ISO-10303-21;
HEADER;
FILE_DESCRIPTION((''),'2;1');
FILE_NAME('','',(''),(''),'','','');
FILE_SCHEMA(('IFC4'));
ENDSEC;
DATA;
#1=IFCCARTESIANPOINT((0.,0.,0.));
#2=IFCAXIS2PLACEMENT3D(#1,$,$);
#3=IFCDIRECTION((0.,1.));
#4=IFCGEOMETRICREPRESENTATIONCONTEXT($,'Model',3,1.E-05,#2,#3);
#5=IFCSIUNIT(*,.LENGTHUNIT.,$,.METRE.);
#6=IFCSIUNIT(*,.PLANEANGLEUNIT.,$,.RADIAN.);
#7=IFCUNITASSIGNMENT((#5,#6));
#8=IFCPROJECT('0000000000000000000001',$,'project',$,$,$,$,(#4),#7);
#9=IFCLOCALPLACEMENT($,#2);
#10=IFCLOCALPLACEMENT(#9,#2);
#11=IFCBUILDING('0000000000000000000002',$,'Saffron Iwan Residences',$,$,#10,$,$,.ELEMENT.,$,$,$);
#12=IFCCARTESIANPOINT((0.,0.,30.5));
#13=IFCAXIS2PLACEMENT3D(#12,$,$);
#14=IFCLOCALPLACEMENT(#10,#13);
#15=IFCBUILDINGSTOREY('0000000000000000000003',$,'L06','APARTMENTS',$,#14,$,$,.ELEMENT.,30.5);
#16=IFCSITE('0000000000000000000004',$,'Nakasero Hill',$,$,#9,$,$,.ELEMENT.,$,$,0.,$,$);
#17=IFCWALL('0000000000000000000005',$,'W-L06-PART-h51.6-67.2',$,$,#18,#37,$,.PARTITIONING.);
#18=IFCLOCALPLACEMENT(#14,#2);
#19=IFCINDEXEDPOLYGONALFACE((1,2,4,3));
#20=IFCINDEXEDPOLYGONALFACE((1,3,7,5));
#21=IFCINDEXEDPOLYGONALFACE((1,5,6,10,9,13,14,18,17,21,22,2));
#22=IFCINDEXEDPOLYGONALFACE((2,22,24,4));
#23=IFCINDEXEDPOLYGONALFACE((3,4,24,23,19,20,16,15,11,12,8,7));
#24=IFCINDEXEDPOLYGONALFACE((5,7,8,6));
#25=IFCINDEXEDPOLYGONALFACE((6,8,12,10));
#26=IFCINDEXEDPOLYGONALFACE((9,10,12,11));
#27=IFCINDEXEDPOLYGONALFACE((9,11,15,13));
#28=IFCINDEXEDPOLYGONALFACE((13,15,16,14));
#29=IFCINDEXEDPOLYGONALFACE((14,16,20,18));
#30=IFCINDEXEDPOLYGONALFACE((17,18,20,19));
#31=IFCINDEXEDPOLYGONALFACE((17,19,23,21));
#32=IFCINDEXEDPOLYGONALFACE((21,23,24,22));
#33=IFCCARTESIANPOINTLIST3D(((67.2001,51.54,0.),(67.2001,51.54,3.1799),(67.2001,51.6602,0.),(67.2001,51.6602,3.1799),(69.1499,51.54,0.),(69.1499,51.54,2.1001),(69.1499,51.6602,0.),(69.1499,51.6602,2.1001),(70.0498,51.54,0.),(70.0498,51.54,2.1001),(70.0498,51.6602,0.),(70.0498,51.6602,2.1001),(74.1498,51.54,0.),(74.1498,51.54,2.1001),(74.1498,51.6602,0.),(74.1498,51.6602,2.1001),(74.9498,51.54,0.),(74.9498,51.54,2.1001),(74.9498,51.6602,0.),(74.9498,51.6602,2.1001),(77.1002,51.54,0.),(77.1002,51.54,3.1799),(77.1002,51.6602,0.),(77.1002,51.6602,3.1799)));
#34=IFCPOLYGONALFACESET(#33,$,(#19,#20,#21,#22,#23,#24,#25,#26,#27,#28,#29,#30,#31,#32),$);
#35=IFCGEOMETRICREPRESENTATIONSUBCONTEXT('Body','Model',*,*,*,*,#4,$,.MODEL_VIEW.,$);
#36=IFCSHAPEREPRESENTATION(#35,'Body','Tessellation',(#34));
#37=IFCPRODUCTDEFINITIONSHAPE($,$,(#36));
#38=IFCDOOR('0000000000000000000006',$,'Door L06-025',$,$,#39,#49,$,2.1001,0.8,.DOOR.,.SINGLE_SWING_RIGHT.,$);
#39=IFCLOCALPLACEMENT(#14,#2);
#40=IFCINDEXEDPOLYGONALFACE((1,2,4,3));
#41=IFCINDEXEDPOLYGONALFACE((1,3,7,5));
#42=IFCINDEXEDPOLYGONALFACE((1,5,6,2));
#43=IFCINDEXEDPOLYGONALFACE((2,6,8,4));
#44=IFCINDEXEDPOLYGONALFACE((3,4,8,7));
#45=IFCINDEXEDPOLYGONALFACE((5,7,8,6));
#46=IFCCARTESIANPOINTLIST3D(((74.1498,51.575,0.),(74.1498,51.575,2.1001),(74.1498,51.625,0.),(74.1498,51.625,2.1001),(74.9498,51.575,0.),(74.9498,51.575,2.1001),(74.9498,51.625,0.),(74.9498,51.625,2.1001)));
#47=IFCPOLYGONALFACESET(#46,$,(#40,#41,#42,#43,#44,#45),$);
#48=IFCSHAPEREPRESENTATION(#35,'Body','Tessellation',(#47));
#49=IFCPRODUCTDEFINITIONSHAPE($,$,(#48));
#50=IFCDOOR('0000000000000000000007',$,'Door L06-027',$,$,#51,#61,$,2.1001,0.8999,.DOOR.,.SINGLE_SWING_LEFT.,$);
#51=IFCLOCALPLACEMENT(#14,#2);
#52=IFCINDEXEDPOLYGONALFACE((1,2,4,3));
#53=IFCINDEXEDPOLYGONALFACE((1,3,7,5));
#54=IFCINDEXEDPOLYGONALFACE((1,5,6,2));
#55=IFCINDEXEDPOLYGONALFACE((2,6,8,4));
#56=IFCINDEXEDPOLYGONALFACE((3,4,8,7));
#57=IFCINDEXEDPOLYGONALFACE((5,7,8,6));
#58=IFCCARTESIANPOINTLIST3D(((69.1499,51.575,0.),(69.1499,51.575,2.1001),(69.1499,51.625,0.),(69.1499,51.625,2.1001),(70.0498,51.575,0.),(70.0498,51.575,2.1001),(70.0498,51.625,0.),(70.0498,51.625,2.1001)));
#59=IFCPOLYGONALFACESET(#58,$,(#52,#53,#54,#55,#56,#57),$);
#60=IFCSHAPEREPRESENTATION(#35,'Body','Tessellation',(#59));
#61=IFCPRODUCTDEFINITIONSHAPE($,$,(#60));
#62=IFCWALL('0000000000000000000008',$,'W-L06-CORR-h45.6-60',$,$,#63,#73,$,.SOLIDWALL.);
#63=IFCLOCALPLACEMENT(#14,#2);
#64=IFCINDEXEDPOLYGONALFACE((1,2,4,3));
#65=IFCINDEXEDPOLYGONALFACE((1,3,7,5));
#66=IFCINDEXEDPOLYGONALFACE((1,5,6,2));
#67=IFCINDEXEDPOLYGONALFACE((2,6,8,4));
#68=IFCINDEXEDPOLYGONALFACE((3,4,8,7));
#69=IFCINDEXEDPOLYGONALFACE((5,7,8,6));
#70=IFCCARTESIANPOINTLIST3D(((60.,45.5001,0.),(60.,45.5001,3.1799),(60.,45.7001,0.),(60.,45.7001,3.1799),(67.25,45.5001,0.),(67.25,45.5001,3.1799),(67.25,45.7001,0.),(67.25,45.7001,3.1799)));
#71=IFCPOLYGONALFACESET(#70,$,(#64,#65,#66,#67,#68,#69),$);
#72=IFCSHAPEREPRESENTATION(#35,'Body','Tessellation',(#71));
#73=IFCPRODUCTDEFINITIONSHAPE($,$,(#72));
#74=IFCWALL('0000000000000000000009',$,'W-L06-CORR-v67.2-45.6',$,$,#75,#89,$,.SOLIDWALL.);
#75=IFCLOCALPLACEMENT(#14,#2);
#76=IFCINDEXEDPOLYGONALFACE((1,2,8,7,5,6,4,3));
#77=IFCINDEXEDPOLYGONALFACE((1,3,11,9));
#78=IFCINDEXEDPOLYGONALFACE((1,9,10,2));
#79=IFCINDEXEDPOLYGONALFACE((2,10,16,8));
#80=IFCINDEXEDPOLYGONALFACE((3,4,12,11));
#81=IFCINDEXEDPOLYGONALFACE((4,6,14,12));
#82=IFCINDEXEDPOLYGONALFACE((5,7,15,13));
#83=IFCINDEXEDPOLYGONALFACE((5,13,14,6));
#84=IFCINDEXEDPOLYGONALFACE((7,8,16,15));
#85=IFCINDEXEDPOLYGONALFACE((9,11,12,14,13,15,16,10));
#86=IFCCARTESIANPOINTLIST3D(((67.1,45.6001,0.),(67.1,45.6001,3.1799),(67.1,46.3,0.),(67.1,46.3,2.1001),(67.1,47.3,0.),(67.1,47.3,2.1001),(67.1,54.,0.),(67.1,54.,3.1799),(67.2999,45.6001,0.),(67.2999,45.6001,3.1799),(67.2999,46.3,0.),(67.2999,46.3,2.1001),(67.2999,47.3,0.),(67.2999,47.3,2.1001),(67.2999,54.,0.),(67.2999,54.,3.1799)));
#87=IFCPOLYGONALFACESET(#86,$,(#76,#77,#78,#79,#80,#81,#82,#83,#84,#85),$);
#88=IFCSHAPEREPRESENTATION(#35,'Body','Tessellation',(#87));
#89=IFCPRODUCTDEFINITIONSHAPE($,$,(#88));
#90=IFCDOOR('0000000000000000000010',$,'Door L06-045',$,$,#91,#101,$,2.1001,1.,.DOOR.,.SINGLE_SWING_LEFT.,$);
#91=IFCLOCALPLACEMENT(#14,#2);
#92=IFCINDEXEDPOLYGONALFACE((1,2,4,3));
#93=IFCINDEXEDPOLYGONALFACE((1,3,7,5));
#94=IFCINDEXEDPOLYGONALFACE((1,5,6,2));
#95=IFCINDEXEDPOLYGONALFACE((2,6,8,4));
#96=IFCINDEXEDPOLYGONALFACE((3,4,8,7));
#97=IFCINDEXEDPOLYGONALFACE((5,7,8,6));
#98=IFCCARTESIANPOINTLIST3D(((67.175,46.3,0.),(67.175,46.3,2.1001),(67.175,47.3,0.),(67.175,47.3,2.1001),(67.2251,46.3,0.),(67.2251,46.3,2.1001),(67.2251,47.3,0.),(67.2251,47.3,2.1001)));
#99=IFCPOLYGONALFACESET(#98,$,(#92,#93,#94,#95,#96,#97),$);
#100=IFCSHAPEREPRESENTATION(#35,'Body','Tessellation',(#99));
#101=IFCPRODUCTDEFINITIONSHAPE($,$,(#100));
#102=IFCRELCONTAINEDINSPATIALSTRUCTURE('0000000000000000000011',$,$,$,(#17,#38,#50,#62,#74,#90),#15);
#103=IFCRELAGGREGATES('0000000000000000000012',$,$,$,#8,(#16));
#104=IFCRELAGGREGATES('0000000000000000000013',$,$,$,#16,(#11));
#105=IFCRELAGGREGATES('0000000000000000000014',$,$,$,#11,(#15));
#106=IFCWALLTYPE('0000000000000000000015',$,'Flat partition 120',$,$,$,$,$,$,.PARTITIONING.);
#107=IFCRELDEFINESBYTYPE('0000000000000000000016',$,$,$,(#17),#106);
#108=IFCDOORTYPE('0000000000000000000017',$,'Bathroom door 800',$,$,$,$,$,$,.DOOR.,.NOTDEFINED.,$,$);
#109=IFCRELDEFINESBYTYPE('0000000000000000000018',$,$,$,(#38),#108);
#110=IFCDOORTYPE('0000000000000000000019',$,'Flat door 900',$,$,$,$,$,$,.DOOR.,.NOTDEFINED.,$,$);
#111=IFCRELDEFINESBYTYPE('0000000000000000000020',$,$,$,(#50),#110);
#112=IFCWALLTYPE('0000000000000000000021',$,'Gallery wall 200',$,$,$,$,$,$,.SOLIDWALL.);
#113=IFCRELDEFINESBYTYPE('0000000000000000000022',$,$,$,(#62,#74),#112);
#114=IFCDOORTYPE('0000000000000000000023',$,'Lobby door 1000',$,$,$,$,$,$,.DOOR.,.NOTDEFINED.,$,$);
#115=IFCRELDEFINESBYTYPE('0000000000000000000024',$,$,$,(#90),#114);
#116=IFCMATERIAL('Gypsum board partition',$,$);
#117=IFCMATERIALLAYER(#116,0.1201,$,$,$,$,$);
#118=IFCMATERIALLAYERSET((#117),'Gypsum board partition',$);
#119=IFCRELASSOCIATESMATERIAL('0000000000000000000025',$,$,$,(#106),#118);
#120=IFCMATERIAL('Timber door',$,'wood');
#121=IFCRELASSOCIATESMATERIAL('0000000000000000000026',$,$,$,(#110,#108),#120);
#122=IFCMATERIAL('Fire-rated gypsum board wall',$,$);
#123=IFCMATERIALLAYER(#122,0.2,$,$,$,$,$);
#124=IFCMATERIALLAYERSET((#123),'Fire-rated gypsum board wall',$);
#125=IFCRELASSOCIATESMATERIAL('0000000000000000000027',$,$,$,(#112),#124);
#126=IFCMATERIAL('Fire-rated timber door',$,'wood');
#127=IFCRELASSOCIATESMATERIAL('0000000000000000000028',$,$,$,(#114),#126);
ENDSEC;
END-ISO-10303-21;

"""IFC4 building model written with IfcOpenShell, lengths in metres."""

from ifc_helpers import new_model, si_unit, direction, frame, frame_2d, origin, place, context, subcontext, project, spatial, rectangle, extrude, material, layer, layer_set, type_object, element, fill, save


model = new_model("IFC4")

# Units and contexts
model_context = context("Model", 3, precision=1e-05, world=origin(), true_north=direction((0.0, 1.0)))
body_context = subcontext(model_context, "Body", "Model", "MODEL_VIEW")
ifc_project = project(units=[si_unit("LENGTHUNIT", "METRE"), si_unit("PLANEANGLEUNIT", "RADIAN")], contexts=[model_context])

# Site, building, storey
site_placement = place(None, origin())
site = spatial("IfcSite", under=ifc_project, at=site_placement, Name="Nakasero Hill", CompositionType="ELEMENT", RefElevation=0.0)
building_placement = place(site_placement, origin())
building = spatial("IfcBuilding", under=site, at=building_placement, Name="Saffron Iwan Residences", CompositionType="ELEMENT")
storey_placement = place(building_placement, frame((0.0, 0.0, 30.5)))
storey = spatial("IfcBuildingStorey", under=building, at=storey_placement, Name="L06", Description="APARTMENTS", CompositionType="ELEMENT", Elevation=30.5)

# Shared definitions
ifc_material_1 = material(Name="Fire-rated gypsum board wall")

# Shared definitions
ifc_material_2 = material(Name="Gypsum board partition")
ifc_layer_1 = layer(ifc_material_2, 0.1201)
ifc_layer_set_1 = layer_set([ifc_layer_1], Name="Gypsum board partition")
wall_type_1 = type_object("IfcWallType", Name="Flat partition 120", PredefinedType="PARTITIONING", material=ifc_layer_set_1)
ifc_material_3 = material(Name="Timber door", Category="wood")
door_type_1 = type_object("IfcDoorType", Name="Flat door 900", OperationType="NOTDEFINED", PredefinedType="DOOR", material=ifc_material_3)

# Wall, openings, doors
wall_1_placement = place(storey_placement, frame((67.2, 51.6001, 0.0), z_axis=(0.0, 0.0, 1.0), x_axis=(1.0, 0.0, 0.0)))
wall_1 = element("IfcWall", 1, at=wall_1_placement, inside=storey, type_object=wall_type_1, Name="W-L06-PART-h51.6-67.2", PredefinedType="PARTITIONING", context=body_context, shape_type="SweptSolid", body=[
    extrude(rectangle(XDim=9.9001, YDim=0.1201, at=frame_2d((4.9502, 0.0))), origin(), (0.0, 0.0, 1.0), 3.1799),
])
opening_1_placement = place(wall_1_placement, frame((6.95, 0.0, 0.0)))
opening_1 = element("IfcOpeningElement", 2, at=opening_1_placement, cuts=wall_1, PredefinedType="OPENING", context=body_context, shape_type="SweptSolid", body=[
    extrude(rectangle(XDim=0.8, YDim=2.1001, at=frame_2d((0.3999, 1.05))), frame((0.0, 0.0701, 0.0), z_axis=(0.0, -1.0, 0.0), x_axis=(1.0, 0.0, 0.0)), (0.0, 0.0, 1.0), 0.1401),
])
opening_2_placement = place(wall_1_placement, frame((1.95, 0.0, 0.0)))
opening_2 = element("IfcOpeningElement", 3, at=opening_2_placement, cuts=wall_1, PredefinedType="OPENING", context=body_context, shape_type="SweptSolid", body=[
    extrude(rectangle(XDim=0.8999, YDim=2.1001, at=frame_2d((0.45, 1.05))), frame((0.0, 0.0701, 0.0), z_axis=(0.0, -1.0, 0.0), x_axis=(1.0, 0.0, 0.0)), (0.0, 0.0, 1.0), 0.1401),
])
door_type_2 = type_object("IfcDoorType", Name="Bathroom door 800", OperationType="NOTDEFINED", PredefinedType="DOOR", material=ifc_material_3)
door_1_placement = place(opening_1_placement, origin())
door_1 = element("IfcDoor", 4, at=door_1_placement, inside=storey, type_object=door_type_2, Name="Door L06-025", OperationType="SINGLE_SWING_RIGHT", OverallHeight=2.1001, OverallWidth=0.8, PredefinedType="DOOR", context=body_context, shape_type="SweptSolid", body=[
    extrude(rectangle(XDim=0.8, YDim=2.1001, at=frame_2d((0.3999, 1.05))), frame((0.0, 0.0249, 0.0), z_axis=(0.0, -1.0, 0.0), x_axis=(1.0, 0.0, 0.0)), (0.0, 0.0, 1.0), 0.05),
])
fill(opening_1, door_1)
door_2_placement = place(opening_2_placement, origin())
door_2 = element("IfcDoor", 5, at=door_2_placement, inside=storey, type_object=door_type_1, Name="Door L06-027", OperationType="SINGLE_SWING_LEFT", OverallHeight=2.1001, OverallWidth=0.8999, PredefinedType="DOOR", context=body_context, shape_type="SweptSolid", body=[
    extrude(rectangle(XDim=0.8999, YDim=2.1001, at=frame_2d((0.45, 1.05))), frame((0.0, 0.0249, 0.0), z_axis=(0.0, -1.0, 0.0), x_axis=(1.0, 0.0, 0.0)), (0.0, 0.0, 1.0), 0.05),
])
fill(opening_2, door_2)

# Wall
ifc_layer_2 = layer(ifc_material_1, 0.2)
ifc_layer_set_2 = layer_set([ifc_layer_2], Name="Fire-rated gypsum board wall")
wall_type_2 = type_object("IfcWallType", Name="Gallery wall 200", PredefinedType="SOLIDWALL", material=ifc_layer_set_2)
wall_2_placement = place(storey_placement, frame((60.0, 45.6001, 0.0), z_axis=(0.0, 0.0, 1.0), x_axis=(1.0, 0.0, 0.0)))
element("IfcWall", 6, at=wall_2_placement, inside=storey, type_object=wall_type_2, Name="W-L06-CORR-h45.6-60", PredefinedType="SOLIDWALL", context=body_context, shape_type="SweptSolid", body=[
    extrude(rectangle(XDim=7.25, YDim=0.2, at=frame_2d((3.625, 0.0))), origin(), (0.0, 0.0, 1.0), 3.1799),
])

# Wall, opening, door
wall_3_placement = place(storey_placement, frame((67.2, 45.6001, 0.0), z_axis=(0.0, 0.0, 1.0), x_axis=(0.0, 1.0, 0.0)))
wall_3 = element("IfcWall", 7, at=wall_3_placement, inside=storey, type_object=wall_type_2, Name="W-L06-CORR-v67.2-45.6", PredefinedType="SOLIDWALL", context=body_context, shape_type="SweptSolid", body=[
    extrude(rectangle(XDim=8.3999, YDim=0.2, at=frame_2d((4.2, 0.0))), origin(), (0.0, 0.0, 1.0), 3.1799),
])
opening_3_placement = place(wall_3_placement, frame((0.7, 0.0, 0.0)))
opening_3 = element("IfcOpeningElement", 8, at=opening_3_placement, cuts=wall_3, PredefinedType="OPENING", context=body_context, shape_type="SweptSolid", body=[
    extrude(rectangle(XDim=1.0, YDim=2.1001, at=frame_2d((0.5, 1.05))), frame((0.0, 0.1099, 0.0), z_axis=(0.0, -1.0, 0.0), x_axis=(1.0, 0.0, 0.0)), (0.0, 0.0, 1.0), 0.22),
])
ifc_material_4 = material(Name="Fire-rated timber door", Category="wood")
door_type_3 = type_object("IfcDoorType", Name="Lobby door 1000", OperationType="NOTDEFINED", PredefinedType="DOOR", material=ifc_material_4)
door_3_placement = place(opening_3_placement, origin())
door_3 = element("IfcDoor", 9, at=door_3_placement, inside=storey, type_object=door_type_3, Name="Door L06-045", OperationType="SINGLE_SWING_LEFT", OverallHeight=2.1001, OverallWidth=1.0, PredefinedType="DOOR", context=body_context, shape_type="SweptSolid", body=[
    extrude(rectangle(XDim=1.0, YDim=2.1001, at=frame_2d((0.5, 1.05))), frame((0.0, 0.0249, 0.0), z_axis=(0.0, -1.0, 0.0), x_axis=(1.0, 0.0, 0.0)), (0.0, 0.0, 1.0), 0.05),
])
fill(opening_3, door_3)

save(model, "model.ifc")
